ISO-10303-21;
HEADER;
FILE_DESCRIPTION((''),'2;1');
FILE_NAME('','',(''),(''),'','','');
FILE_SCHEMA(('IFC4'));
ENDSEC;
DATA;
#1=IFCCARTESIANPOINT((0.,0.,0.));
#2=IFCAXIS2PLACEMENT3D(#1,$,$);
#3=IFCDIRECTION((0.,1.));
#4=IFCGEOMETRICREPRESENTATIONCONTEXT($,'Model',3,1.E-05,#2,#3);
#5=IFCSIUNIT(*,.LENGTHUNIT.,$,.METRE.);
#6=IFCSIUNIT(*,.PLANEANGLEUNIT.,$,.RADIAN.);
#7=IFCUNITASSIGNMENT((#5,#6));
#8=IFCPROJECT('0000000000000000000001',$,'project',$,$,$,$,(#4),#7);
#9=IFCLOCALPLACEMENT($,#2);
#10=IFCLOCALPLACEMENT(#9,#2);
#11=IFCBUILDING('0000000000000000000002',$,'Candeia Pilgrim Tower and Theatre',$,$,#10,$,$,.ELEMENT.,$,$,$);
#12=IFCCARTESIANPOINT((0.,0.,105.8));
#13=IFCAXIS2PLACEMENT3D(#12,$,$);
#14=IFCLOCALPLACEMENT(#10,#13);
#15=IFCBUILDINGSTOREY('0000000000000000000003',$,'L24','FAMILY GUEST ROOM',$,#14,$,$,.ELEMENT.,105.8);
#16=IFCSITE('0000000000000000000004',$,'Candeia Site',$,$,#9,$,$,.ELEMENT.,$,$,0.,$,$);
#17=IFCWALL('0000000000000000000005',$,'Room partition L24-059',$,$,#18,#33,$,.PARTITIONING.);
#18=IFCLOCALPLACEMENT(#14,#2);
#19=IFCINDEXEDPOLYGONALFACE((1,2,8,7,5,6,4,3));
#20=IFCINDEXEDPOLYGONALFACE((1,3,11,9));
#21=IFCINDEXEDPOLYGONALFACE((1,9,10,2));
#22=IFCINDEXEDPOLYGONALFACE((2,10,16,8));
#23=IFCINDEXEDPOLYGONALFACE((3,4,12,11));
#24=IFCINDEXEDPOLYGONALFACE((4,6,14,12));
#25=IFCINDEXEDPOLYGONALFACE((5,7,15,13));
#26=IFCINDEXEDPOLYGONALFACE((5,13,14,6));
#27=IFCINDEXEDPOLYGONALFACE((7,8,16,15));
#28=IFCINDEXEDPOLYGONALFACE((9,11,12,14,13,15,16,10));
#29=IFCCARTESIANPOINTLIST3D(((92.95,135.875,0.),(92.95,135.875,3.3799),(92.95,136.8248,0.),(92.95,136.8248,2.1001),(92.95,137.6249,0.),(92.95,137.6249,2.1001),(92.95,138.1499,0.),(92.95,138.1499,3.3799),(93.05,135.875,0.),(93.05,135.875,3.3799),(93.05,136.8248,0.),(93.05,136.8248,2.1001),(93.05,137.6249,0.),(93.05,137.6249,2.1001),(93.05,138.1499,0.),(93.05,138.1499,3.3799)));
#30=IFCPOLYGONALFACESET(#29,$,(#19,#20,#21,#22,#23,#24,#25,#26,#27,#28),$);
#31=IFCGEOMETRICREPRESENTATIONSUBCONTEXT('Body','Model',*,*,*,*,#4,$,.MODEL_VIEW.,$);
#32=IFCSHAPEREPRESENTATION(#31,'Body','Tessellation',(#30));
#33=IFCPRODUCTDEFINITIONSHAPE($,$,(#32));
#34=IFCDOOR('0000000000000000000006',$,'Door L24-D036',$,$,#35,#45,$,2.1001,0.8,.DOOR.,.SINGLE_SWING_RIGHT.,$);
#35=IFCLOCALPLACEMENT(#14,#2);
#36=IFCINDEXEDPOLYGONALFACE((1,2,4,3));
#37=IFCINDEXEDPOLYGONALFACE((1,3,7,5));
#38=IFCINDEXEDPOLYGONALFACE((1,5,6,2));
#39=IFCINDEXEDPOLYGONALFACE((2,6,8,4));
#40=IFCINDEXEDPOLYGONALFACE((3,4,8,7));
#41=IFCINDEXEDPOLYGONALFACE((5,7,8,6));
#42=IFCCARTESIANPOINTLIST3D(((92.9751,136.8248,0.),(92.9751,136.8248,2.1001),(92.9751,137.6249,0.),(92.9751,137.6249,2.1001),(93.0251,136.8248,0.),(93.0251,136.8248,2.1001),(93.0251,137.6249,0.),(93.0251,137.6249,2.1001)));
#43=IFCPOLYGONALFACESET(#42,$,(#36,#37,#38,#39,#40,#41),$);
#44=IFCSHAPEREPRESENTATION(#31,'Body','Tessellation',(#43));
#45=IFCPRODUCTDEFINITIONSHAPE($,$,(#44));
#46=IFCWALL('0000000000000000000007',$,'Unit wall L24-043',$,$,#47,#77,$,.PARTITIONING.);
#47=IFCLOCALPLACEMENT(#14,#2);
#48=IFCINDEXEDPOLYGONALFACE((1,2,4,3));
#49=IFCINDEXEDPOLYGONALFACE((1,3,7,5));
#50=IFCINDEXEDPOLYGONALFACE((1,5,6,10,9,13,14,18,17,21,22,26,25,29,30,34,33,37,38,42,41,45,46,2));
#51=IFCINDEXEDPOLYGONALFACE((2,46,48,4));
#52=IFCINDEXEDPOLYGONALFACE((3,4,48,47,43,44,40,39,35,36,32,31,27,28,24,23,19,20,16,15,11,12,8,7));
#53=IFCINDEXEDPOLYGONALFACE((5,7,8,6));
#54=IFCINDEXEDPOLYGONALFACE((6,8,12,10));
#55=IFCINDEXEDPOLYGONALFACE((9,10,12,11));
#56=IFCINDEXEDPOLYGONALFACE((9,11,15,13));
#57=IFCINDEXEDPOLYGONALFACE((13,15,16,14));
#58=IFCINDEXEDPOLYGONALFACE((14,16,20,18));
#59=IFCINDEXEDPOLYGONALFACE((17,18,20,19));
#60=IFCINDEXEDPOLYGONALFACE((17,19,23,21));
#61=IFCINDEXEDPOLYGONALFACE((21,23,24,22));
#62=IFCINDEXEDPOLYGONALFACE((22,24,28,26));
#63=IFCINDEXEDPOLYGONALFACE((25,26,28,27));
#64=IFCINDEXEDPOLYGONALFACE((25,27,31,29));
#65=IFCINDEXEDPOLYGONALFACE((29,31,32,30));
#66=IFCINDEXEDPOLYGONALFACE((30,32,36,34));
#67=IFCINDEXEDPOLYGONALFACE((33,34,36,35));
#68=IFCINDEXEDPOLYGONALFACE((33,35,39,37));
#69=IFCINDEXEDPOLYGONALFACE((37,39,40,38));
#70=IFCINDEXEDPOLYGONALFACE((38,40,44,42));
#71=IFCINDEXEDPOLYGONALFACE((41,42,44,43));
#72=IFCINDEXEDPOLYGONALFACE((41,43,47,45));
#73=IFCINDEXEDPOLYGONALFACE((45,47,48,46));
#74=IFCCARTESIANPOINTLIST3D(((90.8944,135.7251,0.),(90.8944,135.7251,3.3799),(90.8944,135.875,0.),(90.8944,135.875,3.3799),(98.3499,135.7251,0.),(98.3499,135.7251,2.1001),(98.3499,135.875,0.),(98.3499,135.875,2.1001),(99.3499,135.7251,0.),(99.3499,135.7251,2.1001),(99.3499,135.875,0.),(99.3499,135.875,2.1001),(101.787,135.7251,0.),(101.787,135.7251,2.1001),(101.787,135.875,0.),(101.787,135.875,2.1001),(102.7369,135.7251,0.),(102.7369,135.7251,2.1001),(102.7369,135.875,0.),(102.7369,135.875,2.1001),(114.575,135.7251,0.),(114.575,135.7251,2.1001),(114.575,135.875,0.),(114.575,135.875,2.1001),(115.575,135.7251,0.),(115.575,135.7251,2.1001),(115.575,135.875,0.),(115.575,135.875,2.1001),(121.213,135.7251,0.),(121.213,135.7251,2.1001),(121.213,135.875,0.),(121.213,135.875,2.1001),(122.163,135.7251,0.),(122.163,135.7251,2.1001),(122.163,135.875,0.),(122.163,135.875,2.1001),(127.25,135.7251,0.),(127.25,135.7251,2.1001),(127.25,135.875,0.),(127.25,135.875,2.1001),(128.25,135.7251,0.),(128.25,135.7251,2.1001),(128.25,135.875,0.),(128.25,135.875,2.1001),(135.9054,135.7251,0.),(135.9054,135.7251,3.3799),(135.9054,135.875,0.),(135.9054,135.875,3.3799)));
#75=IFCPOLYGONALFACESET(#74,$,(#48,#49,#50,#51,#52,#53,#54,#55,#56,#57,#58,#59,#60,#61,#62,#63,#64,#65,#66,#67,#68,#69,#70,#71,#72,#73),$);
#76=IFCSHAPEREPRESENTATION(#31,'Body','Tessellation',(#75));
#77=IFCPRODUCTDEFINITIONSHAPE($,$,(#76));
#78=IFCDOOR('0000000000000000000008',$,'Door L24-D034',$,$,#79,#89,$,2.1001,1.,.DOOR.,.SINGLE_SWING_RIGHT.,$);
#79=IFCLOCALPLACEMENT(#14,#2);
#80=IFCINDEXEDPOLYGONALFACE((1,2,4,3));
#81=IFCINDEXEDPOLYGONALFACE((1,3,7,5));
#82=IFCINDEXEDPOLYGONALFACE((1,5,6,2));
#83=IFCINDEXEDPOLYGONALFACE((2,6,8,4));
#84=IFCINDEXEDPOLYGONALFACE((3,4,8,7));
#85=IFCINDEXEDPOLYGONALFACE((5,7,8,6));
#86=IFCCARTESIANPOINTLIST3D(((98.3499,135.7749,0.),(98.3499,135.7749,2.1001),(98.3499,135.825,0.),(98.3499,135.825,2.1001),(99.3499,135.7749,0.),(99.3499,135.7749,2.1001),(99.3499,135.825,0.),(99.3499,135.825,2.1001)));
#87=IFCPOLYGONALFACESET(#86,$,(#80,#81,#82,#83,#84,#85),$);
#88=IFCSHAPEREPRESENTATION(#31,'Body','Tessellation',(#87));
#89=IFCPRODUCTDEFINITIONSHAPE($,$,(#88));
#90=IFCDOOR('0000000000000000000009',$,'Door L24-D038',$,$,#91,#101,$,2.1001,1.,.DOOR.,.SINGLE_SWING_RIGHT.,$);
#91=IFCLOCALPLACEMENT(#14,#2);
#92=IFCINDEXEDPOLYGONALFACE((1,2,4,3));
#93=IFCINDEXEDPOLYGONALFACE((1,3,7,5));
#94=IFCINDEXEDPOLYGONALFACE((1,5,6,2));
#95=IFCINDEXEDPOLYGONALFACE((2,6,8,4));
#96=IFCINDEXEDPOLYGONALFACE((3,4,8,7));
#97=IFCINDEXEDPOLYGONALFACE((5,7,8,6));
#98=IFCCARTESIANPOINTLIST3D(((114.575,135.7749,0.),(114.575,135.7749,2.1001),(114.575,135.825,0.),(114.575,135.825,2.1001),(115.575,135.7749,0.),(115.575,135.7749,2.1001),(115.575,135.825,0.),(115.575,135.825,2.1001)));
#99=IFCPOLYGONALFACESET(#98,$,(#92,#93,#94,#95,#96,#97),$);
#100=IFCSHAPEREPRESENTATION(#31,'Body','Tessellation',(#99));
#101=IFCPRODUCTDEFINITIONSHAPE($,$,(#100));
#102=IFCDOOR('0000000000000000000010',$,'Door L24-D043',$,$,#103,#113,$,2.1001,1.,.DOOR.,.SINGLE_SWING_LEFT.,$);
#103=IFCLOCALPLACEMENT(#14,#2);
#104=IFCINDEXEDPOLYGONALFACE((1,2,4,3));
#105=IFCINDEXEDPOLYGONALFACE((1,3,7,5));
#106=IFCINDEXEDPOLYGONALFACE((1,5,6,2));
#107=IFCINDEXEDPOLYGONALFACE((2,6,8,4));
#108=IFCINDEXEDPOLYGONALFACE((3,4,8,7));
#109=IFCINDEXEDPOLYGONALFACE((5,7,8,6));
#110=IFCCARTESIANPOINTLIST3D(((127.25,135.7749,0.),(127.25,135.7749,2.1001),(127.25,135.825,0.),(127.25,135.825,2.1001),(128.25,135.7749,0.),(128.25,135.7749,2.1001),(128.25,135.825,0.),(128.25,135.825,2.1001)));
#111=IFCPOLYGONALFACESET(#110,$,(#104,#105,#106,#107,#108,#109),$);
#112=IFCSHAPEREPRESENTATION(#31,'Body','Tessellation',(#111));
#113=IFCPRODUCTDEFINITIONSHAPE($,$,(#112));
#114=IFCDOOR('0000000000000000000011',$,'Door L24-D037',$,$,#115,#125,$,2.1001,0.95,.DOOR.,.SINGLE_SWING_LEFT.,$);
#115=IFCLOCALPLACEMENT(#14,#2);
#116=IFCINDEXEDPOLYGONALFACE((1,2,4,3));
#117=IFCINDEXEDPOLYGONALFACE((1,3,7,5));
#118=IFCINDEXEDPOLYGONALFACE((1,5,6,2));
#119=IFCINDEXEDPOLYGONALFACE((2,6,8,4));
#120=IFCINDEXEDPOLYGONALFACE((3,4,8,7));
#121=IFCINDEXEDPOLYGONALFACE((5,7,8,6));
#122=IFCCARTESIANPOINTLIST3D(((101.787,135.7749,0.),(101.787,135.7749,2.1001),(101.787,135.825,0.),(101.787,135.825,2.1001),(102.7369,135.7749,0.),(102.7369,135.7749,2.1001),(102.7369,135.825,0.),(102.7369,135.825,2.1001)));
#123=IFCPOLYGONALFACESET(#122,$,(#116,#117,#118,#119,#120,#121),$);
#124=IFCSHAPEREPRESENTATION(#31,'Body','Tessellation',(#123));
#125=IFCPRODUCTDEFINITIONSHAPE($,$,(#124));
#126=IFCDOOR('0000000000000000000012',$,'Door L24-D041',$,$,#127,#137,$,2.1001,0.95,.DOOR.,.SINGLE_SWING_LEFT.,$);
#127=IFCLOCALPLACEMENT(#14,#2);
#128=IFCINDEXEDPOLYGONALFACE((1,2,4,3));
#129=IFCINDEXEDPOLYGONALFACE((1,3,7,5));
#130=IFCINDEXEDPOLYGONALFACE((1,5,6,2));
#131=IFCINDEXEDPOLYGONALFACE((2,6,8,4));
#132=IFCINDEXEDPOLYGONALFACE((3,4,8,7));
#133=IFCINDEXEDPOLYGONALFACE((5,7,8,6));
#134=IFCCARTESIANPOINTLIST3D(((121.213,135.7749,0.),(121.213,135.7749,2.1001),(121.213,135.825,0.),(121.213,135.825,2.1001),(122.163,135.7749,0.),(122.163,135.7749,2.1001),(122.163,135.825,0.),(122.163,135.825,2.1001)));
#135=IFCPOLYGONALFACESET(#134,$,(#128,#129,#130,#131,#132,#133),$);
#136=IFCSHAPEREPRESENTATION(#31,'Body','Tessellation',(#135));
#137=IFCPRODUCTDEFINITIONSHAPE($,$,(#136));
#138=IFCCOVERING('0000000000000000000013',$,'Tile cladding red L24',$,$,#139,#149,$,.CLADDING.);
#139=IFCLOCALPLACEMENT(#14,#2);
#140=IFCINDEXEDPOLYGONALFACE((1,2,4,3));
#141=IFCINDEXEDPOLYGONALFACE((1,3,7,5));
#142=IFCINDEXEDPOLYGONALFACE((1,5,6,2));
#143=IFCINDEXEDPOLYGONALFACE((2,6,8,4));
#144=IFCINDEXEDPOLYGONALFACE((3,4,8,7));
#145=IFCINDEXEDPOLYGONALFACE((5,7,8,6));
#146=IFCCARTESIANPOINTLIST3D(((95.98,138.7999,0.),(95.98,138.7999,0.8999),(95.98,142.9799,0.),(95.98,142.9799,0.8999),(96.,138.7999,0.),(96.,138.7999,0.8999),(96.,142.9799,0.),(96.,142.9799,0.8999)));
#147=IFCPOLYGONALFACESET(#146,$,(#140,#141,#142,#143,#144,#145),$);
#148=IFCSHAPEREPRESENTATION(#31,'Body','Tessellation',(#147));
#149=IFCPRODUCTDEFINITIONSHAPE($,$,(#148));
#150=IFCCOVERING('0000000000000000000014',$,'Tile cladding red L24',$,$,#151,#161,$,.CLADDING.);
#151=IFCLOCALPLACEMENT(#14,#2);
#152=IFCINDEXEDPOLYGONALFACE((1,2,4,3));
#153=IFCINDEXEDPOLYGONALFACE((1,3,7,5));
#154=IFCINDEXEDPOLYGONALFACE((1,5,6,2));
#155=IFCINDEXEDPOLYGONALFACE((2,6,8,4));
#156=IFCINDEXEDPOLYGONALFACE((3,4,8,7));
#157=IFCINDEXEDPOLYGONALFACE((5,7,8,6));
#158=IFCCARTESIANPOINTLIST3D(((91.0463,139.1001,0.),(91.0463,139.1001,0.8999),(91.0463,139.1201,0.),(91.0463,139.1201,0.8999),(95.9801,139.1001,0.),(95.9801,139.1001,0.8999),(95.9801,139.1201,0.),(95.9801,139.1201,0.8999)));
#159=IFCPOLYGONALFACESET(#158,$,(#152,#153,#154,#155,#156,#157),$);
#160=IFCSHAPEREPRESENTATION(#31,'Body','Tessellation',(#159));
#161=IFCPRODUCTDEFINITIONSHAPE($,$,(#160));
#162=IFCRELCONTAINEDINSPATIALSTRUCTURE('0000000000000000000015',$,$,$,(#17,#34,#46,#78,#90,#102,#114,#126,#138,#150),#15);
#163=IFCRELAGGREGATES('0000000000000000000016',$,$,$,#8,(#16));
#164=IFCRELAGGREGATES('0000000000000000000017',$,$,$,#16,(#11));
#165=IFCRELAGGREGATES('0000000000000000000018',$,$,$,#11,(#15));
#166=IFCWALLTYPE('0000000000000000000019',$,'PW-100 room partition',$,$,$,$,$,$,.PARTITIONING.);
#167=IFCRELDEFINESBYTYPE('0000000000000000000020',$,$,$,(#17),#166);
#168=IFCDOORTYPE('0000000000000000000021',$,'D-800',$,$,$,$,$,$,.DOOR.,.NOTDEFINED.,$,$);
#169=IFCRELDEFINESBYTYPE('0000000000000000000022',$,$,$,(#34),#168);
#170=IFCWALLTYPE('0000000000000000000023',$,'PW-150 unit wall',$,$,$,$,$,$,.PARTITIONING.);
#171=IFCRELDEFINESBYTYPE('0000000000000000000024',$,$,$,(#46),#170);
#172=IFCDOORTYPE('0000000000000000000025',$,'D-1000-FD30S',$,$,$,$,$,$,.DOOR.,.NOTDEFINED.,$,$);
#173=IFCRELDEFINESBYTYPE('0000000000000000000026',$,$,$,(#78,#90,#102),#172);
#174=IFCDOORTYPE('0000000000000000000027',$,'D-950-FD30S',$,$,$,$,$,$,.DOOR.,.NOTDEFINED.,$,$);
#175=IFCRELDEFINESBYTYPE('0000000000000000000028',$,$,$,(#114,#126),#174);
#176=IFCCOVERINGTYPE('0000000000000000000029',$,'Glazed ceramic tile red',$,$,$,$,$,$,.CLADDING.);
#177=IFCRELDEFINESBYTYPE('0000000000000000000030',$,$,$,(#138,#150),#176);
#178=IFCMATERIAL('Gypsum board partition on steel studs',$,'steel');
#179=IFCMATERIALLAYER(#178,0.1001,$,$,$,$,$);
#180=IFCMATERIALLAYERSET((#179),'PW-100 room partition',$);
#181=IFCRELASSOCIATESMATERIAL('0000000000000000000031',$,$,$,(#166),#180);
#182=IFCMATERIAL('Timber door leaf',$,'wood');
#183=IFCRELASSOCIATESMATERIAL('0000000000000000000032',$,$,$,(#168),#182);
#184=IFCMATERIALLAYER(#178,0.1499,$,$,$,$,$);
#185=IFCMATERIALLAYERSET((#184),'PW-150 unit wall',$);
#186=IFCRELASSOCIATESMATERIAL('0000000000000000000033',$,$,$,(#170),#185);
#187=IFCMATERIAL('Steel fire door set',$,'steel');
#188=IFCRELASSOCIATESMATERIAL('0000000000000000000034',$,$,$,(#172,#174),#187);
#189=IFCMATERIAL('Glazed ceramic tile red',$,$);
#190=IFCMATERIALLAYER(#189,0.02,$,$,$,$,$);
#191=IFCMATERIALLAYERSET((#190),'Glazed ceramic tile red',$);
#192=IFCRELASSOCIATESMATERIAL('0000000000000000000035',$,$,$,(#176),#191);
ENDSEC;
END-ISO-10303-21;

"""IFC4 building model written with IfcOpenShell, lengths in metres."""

from ifc_helpers import new_model, si_unit, direction, frame, frame_2d, origin, origin_2d, place, context, subcontext, project, spatial, rectangle, extrude, material, layer, layer_set, type_object, element, fill, save


model = new_model("IFC4")

# Units and contexts
model_context = context("Model", 3, precision=1e-05, world=origin(), true_north=direction((0.0, 1.0)))
body_context = subcontext(model_context, "Body", "Model", "MODEL_VIEW")
ifc_project = project(units=[si_unit("LENGTHUNIT", "METRE"), si_unit("PLANEANGLEUNIT", "RADIAN")], contexts=[model_context])

# Site, building, storey
site_placement = place(None, origin())
site = spatial("IfcSite", under=ifc_project, at=site_placement, Name="Candeia Site", CompositionType="ELEMENT", RefElevation=0.0)
building_placement = place(site_placement, origin())
building = spatial("IfcBuilding", under=site, at=building_placement, Name="Candeia Pilgrim Tower and Theatre", CompositionType="ELEMENT")
storey_placement = place(building_placement, frame((0.0, 0.0, 105.8)))
storey = spatial("IfcBuildingStorey", under=building, at=storey_placement, Name="L24", Description="FAMILY GUEST ROOM", CompositionType="ELEMENT", Elevation=105.8)

# Shared definitions
ifc_material_1 = material(Name="Gypsum board partition on steel studs", Category="steel")
ifc_layer_1 = layer(ifc_material_1, 0.1001)
ifc_layer_set_1 = layer_set([ifc_layer_1], Name="PW-100 room partition")
wall_type_1 = type_object("IfcWallType", Name="PW-100 room partition", PredefinedType="PARTITIONING", material=ifc_layer_set_1)

# Wall, opening, door
wall_1_placement = place(storey_placement, frame((93.0, 135.875, 0.0), z_axis=(0.0, 0.0, 1.0), x_axis=(0.0, 1.0, 0.0)))
wall_1 = element("IfcWall", 1, at=wall_1_placement, inside=storey, type_object=wall_type_1, Name="Room partition L24-059", PredefinedType="PARTITIONING", context=body_context, shape_type="SweptSolid", body=[
    extrude(rectangle(XDim=2.2749, YDim=0.1001, at=frame_2d((1.1375, 0.0))), origin(), (0.0, 0.0, 1.0), 3.3799),
])
opening_1_placement = place(wall_1_placement, frame((0.95, 0.0, 0.0)))
opening_1 = element("IfcOpeningElement", 2, at=opening_1_placement, cuts=wall_1, PredefinedType="OPENING", context=body_context, shape_type="SweptSolid", body=[
    extrude(rectangle(XDim=0.8, YDim=2.1001, at=frame_2d((0.3999, 1.05))), frame((0.0, 0.0601, 0.0), z_axis=(0.0, -1.0, 0.0), x_axis=(1.0, 0.0, 0.0)), (0.0, 0.0, 1.0), 0.1201),
])
ifc_material_2 = material(Name="Timber door leaf", Category="wood")
door_type_1 = type_object("IfcDoorType", Name="D-800", OperationType="NOTDEFINED", PredefinedType="DOOR", material=ifc_material_2)
door_1_placement = place(opening_1_placement, origin())
door_1 = element("IfcDoor", 3, at=door_1_placement, inside=storey, type_object=door_type_1, Name="Door L24-D036", OperationType="SINGLE_SWING_RIGHT", OverallHeight=2.1001, OverallWidth=0.8, PredefinedType="DOOR", context=body_context, shape_type="SweptSolid", body=[
    extrude(rectangle(XDim=0.8, YDim=2.1001, at=frame_2d((0.3999, 1.05))), frame((0.0, 0.0249, 0.0), z_axis=(0.0, -1.0, 0.0), x_axis=(1.0, 0.0, 0.0)), (0.0, 0.0, 1.0), 0.05),
])
fill(opening_1, door_1)

# Wall, openings, doors
ifc_layer_2 = layer(ifc_material_1, 0.1499)
ifc_layer_set_2 = layer_set([ifc_layer_2], Name="PW-150 unit wall")
wall_type_2 = type_object("IfcWallType", Name="PW-150 unit wall", PredefinedType="PARTITIONING", material=ifc_layer_set_2)
wall_2_placement = place(storey_placement, frame((90.8945, 135.8, 0.0), z_axis=(0.0, 0.0, 1.0), x_axis=(1.0, 0.0, 0.0)))
wall_2 = element("IfcWall", 4, at=wall_2_placement, inside=storey, type_object=wall_type_2, Name="Unit wall L24-043", PredefinedType="PARTITIONING", context=body_context, shape_type="SweptSolid", body=[
    extrude(rectangle(XDim=45.011, YDim=0.1499, at=frame_2d((22.5054, 0.0))), origin(), (0.0, 0.0, 1.0), 3.3799),
])
opening_2_placement = place(wall_2_placement, frame((7.4553, 0.0, 0.0)))
opening_2 = element("IfcOpeningElement", 5, at=opening_2_placement, cuts=wall_2, PredefinedType="OPENING", context=body_context, shape_type="SweptSolid", body=[
    extrude(rectangle(XDim=1.0, YDim=2.1001, at=frame_2d((0.5, 1.05))), frame((0.0, 0.085, 0.0), z_axis=(0.0, -1.0, 0.0), x_axis=(1.0, 0.0, 0.0)), (0.0, 0.0, 1.0), 0.1699),
])
opening_3_placement = place(wall_2_placement, frame((10.8923, 0.0, 0.0)))
opening_3 = element("IfcOpeningElement", 6, at=opening_3_placement, cuts=wall_2, PredefinedType="OPENING", context=body_context, shape_type="SweptSolid", body=[
    extrude(rectangle(XDim=0.95, YDim=2.1001, at=frame_2d((0.4751, 1.05))), frame((0.0, 0.085, 0.0), z_axis=(0.0, -1.0, 0.0), x_axis=(1.0, 0.0, 0.0)), (0.0, 0.0, 1.0), 0.1699),
])
opening_4_placement = place(wall_2_placement, frame((23.6804, 0.0, 0.0)))
opening_4 = element("IfcOpeningElement", 7, at=opening_4_placement, cuts=wall_2, PredefinedType="OPENING", context=body_context, shape_type="SweptSolid", body=[
    extrude(rectangle(XDim=1.0, YDim=2.1001, at=frame_2d((0.5, 1.05))), frame((0.0, 0.085, 0.0), z_axis=(0.0, -1.0, 0.0), x_axis=(1.0, 0.0, 0.0)), (0.0, 0.0, 1.0), 0.1699),
])
opening_5_placement = place(wall_2_placement, frame((30.3184, 0.0, 0.0)))
opening_5 = element("IfcOpeningElement", 8, at=opening_5_placement, cuts=wall_2, PredefinedType="OPENING", context=body_context, shape_type="SweptSolid", body=[
    extrude(rectangle(XDim=0.95, YDim=2.1001, at=frame_2d((0.4751, 1.05))), frame((0.0, 0.085, 0.0), z_axis=(0.0, -1.0, 0.0), x_axis=(1.0, 0.0, 0.0)), (0.0, 0.0, 1.0), 0.1699),
])
opening_6_placement = place(wall_2_placement, frame((36.3555, 0.0, 0.0)))
opening_6 = element("IfcOpeningElement", 9, at=opening_6_placement, cuts=wall_2, PredefinedType="OPENING", context=body_context, shape_type="SweptSolid", body=[
    extrude(rectangle(XDim=1.0, YDim=2.1001, at=frame_2d((0.5, 1.05))), frame((0.0, 0.085, 0.0), z_axis=(0.0, -1.0, 0.0), x_axis=(1.0, 0.0, 0.0)), (0.0, 0.0, 1.0), 0.1699),
])
ifc_material_3 = material(Name="Steel fire door set", Category="steel")
door_type_2 = type_object("IfcDoorType", Name="D-1000-FD30S", OperationType="NOTDEFINED", PredefinedType="DOOR", material=ifc_material_3)
door_2_placement = place(opening_2_placement, origin())
door_2 = element("IfcDoor", 10, at=door_2_placement, inside=storey, type_object=door_type_2, Name="Door L24-D034", OperationType="SINGLE_SWING_RIGHT", OverallHeight=2.1001, OverallWidth=1.0, PredefinedType="DOOR", context=body_context, shape_type="SweptSolid", body=[
    extrude(rectangle(XDim=1.0, YDim=2.1001, at=frame_2d((0.5, 1.05))), frame((0.0, 0.0249, 0.0), z_axis=(0.0, -1.0, 0.0), x_axis=(1.0, 0.0, 0.0)), (0.0, 0.0, 1.0), 0.05),
])
fill(opening_2, door_2)
door_3_placement = place(opening_4_placement, origin())
door_3 = element("IfcDoor", 11, at=door_3_placement, inside=storey, type_object=door_type_2, Name="Door L24-D038", OperationType="SINGLE_SWING_RIGHT", OverallHeight=2.1001, OverallWidth=1.0, PredefinedType="DOOR", context=body_context, shape_type="SweptSolid", body=[
    extrude(rectangle(XDim=1.0, YDim=2.1001, at=frame_2d((0.5, 1.05))), frame((0.0, 0.0249, 0.0), z_axis=(0.0, -1.0, 0.0), x_axis=(1.0, 0.0, 0.0)), (0.0, 0.0, 1.0), 0.05),
])
fill(opening_4, door_3)
door_4_placement = place(opening_6_placement, origin())
door_4 = element("IfcDoor", 12, at=door_4_placement, inside=storey, type_object=door_type_2, Name="Door L24-D043", OperationType="SINGLE_SWING_LEFT", OverallHeight=2.1001, OverallWidth=1.0, PredefinedType="DOOR", context=body_context, shape_type="SweptSolid", body=[
    extrude(rectangle(XDim=1.0, YDim=2.1001, at=frame_2d((0.5, 1.05))), frame((0.0, 0.0249, 0.0), z_axis=(0.0, -1.0, 0.0), x_axis=(1.0, 0.0, 0.0)), (0.0, 0.0, 1.0), 0.05),
])
fill(opening_6, door_4)
door_type_3 = type_object("IfcDoorType", Name="D-950-FD30S", OperationType="NOTDEFINED", PredefinedType="DOOR", material=ifc_material_3)
door_5_placement = place(opening_3_placement, origin())
door_5 = element("IfcDoor", 13, at=door_5_placement, inside=storey, type_object=door_type_3, Name="Door L24-D037", OperationType="SINGLE_SWING_LEFT", OverallHeight=2.1001, OverallWidth=0.95, PredefinedType="DOOR", context=body_context, shape_type="SweptSolid", body=[
    extrude(rectangle(XDim=0.95, YDim=2.1001, at=frame_2d((0.4751, 1.05))), frame((0.0, 0.0249, 0.0), z_axis=(0.0, -1.0, 0.0), x_axis=(1.0, 0.0, 0.0)), (0.0, 0.0, 1.0), 0.05),
])
fill(opening_3, door_5)
door_6_placement = place(opening_5_placement, origin())
door_6 = element("IfcDoor", 14, at=door_6_placement, inside=storey, type_object=door_type_3, Name="Door L24-D041", OperationType="SINGLE_SWING_LEFT", OverallHeight=2.1001, OverallWidth=0.95, PredefinedType="DOOR", context=body_context, shape_type="SweptSolid", body=[
    extrude(rectangle(XDim=0.95, YDim=2.1001, at=frame_2d((0.4751, 1.05))), frame((0.0, 0.0249, 0.0), z_axis=(0.0, -1.0, 0.0), x_axis=(1.0, 0.0, 0.0)), (0.0, 0.0, 1.0), 0.05),
])
fill(opening_5, door_6)

# Coverings
ifc_material_4 = material(Name="Glazed ceramic tile red")
ifc_layer_3 = layer(ifc_material_4, 0.02)
ifc_layer_set_3 = layer_set([ifc_layer_3], Name="Glazed ceramic tile red")
covering_type = type_object("IfcCoveringType", Name="Glazed ceramic tile red", PredefinedType="CLADDING", material=ifc_layer_set_3)
covering_1_placement = place(storey_placement, frame((95.99, 140.8899, 0.0), z_axis=(0.0, 0.0, 1.0), x_axis=(0.0, -1.0, 0.0)))
element("IfcCovering", 15, at=covering_1_placement, inside=storey, type_object=covering_type, Name="Tile cladding red L24", PredefinedType="CLADDING", context=body_context, shape_type="SweptSolid", body=[
    extrude(rectangle(XDim=4.1799, YDim=0.02, at=origin_2d()), origin(), (0.0, 0.0, 1.0), 0.8999),
])
covering_2_placement = place(storey_placement, frame((93.5132, 139.1101, 0.0), z_axis=(0.0, 0.0, 1.0), x_axis=(-1.0, 0.0, 0.0)))
element("IfcCovering", 16, at=covering_2_placement, inside=storey, type_object=covering_type, Name="Tile cladding red L24", PredefinedType="CLADDING", context=body_context, shape_type="SweptSolid", body=[
    extrude(rectangle(XDim=4.9338, YDim=0.02, at=origin_2d()), origin(), (0.0, 0.0, 1.0), 0.8999),
])

save(model, "model.ifc")
